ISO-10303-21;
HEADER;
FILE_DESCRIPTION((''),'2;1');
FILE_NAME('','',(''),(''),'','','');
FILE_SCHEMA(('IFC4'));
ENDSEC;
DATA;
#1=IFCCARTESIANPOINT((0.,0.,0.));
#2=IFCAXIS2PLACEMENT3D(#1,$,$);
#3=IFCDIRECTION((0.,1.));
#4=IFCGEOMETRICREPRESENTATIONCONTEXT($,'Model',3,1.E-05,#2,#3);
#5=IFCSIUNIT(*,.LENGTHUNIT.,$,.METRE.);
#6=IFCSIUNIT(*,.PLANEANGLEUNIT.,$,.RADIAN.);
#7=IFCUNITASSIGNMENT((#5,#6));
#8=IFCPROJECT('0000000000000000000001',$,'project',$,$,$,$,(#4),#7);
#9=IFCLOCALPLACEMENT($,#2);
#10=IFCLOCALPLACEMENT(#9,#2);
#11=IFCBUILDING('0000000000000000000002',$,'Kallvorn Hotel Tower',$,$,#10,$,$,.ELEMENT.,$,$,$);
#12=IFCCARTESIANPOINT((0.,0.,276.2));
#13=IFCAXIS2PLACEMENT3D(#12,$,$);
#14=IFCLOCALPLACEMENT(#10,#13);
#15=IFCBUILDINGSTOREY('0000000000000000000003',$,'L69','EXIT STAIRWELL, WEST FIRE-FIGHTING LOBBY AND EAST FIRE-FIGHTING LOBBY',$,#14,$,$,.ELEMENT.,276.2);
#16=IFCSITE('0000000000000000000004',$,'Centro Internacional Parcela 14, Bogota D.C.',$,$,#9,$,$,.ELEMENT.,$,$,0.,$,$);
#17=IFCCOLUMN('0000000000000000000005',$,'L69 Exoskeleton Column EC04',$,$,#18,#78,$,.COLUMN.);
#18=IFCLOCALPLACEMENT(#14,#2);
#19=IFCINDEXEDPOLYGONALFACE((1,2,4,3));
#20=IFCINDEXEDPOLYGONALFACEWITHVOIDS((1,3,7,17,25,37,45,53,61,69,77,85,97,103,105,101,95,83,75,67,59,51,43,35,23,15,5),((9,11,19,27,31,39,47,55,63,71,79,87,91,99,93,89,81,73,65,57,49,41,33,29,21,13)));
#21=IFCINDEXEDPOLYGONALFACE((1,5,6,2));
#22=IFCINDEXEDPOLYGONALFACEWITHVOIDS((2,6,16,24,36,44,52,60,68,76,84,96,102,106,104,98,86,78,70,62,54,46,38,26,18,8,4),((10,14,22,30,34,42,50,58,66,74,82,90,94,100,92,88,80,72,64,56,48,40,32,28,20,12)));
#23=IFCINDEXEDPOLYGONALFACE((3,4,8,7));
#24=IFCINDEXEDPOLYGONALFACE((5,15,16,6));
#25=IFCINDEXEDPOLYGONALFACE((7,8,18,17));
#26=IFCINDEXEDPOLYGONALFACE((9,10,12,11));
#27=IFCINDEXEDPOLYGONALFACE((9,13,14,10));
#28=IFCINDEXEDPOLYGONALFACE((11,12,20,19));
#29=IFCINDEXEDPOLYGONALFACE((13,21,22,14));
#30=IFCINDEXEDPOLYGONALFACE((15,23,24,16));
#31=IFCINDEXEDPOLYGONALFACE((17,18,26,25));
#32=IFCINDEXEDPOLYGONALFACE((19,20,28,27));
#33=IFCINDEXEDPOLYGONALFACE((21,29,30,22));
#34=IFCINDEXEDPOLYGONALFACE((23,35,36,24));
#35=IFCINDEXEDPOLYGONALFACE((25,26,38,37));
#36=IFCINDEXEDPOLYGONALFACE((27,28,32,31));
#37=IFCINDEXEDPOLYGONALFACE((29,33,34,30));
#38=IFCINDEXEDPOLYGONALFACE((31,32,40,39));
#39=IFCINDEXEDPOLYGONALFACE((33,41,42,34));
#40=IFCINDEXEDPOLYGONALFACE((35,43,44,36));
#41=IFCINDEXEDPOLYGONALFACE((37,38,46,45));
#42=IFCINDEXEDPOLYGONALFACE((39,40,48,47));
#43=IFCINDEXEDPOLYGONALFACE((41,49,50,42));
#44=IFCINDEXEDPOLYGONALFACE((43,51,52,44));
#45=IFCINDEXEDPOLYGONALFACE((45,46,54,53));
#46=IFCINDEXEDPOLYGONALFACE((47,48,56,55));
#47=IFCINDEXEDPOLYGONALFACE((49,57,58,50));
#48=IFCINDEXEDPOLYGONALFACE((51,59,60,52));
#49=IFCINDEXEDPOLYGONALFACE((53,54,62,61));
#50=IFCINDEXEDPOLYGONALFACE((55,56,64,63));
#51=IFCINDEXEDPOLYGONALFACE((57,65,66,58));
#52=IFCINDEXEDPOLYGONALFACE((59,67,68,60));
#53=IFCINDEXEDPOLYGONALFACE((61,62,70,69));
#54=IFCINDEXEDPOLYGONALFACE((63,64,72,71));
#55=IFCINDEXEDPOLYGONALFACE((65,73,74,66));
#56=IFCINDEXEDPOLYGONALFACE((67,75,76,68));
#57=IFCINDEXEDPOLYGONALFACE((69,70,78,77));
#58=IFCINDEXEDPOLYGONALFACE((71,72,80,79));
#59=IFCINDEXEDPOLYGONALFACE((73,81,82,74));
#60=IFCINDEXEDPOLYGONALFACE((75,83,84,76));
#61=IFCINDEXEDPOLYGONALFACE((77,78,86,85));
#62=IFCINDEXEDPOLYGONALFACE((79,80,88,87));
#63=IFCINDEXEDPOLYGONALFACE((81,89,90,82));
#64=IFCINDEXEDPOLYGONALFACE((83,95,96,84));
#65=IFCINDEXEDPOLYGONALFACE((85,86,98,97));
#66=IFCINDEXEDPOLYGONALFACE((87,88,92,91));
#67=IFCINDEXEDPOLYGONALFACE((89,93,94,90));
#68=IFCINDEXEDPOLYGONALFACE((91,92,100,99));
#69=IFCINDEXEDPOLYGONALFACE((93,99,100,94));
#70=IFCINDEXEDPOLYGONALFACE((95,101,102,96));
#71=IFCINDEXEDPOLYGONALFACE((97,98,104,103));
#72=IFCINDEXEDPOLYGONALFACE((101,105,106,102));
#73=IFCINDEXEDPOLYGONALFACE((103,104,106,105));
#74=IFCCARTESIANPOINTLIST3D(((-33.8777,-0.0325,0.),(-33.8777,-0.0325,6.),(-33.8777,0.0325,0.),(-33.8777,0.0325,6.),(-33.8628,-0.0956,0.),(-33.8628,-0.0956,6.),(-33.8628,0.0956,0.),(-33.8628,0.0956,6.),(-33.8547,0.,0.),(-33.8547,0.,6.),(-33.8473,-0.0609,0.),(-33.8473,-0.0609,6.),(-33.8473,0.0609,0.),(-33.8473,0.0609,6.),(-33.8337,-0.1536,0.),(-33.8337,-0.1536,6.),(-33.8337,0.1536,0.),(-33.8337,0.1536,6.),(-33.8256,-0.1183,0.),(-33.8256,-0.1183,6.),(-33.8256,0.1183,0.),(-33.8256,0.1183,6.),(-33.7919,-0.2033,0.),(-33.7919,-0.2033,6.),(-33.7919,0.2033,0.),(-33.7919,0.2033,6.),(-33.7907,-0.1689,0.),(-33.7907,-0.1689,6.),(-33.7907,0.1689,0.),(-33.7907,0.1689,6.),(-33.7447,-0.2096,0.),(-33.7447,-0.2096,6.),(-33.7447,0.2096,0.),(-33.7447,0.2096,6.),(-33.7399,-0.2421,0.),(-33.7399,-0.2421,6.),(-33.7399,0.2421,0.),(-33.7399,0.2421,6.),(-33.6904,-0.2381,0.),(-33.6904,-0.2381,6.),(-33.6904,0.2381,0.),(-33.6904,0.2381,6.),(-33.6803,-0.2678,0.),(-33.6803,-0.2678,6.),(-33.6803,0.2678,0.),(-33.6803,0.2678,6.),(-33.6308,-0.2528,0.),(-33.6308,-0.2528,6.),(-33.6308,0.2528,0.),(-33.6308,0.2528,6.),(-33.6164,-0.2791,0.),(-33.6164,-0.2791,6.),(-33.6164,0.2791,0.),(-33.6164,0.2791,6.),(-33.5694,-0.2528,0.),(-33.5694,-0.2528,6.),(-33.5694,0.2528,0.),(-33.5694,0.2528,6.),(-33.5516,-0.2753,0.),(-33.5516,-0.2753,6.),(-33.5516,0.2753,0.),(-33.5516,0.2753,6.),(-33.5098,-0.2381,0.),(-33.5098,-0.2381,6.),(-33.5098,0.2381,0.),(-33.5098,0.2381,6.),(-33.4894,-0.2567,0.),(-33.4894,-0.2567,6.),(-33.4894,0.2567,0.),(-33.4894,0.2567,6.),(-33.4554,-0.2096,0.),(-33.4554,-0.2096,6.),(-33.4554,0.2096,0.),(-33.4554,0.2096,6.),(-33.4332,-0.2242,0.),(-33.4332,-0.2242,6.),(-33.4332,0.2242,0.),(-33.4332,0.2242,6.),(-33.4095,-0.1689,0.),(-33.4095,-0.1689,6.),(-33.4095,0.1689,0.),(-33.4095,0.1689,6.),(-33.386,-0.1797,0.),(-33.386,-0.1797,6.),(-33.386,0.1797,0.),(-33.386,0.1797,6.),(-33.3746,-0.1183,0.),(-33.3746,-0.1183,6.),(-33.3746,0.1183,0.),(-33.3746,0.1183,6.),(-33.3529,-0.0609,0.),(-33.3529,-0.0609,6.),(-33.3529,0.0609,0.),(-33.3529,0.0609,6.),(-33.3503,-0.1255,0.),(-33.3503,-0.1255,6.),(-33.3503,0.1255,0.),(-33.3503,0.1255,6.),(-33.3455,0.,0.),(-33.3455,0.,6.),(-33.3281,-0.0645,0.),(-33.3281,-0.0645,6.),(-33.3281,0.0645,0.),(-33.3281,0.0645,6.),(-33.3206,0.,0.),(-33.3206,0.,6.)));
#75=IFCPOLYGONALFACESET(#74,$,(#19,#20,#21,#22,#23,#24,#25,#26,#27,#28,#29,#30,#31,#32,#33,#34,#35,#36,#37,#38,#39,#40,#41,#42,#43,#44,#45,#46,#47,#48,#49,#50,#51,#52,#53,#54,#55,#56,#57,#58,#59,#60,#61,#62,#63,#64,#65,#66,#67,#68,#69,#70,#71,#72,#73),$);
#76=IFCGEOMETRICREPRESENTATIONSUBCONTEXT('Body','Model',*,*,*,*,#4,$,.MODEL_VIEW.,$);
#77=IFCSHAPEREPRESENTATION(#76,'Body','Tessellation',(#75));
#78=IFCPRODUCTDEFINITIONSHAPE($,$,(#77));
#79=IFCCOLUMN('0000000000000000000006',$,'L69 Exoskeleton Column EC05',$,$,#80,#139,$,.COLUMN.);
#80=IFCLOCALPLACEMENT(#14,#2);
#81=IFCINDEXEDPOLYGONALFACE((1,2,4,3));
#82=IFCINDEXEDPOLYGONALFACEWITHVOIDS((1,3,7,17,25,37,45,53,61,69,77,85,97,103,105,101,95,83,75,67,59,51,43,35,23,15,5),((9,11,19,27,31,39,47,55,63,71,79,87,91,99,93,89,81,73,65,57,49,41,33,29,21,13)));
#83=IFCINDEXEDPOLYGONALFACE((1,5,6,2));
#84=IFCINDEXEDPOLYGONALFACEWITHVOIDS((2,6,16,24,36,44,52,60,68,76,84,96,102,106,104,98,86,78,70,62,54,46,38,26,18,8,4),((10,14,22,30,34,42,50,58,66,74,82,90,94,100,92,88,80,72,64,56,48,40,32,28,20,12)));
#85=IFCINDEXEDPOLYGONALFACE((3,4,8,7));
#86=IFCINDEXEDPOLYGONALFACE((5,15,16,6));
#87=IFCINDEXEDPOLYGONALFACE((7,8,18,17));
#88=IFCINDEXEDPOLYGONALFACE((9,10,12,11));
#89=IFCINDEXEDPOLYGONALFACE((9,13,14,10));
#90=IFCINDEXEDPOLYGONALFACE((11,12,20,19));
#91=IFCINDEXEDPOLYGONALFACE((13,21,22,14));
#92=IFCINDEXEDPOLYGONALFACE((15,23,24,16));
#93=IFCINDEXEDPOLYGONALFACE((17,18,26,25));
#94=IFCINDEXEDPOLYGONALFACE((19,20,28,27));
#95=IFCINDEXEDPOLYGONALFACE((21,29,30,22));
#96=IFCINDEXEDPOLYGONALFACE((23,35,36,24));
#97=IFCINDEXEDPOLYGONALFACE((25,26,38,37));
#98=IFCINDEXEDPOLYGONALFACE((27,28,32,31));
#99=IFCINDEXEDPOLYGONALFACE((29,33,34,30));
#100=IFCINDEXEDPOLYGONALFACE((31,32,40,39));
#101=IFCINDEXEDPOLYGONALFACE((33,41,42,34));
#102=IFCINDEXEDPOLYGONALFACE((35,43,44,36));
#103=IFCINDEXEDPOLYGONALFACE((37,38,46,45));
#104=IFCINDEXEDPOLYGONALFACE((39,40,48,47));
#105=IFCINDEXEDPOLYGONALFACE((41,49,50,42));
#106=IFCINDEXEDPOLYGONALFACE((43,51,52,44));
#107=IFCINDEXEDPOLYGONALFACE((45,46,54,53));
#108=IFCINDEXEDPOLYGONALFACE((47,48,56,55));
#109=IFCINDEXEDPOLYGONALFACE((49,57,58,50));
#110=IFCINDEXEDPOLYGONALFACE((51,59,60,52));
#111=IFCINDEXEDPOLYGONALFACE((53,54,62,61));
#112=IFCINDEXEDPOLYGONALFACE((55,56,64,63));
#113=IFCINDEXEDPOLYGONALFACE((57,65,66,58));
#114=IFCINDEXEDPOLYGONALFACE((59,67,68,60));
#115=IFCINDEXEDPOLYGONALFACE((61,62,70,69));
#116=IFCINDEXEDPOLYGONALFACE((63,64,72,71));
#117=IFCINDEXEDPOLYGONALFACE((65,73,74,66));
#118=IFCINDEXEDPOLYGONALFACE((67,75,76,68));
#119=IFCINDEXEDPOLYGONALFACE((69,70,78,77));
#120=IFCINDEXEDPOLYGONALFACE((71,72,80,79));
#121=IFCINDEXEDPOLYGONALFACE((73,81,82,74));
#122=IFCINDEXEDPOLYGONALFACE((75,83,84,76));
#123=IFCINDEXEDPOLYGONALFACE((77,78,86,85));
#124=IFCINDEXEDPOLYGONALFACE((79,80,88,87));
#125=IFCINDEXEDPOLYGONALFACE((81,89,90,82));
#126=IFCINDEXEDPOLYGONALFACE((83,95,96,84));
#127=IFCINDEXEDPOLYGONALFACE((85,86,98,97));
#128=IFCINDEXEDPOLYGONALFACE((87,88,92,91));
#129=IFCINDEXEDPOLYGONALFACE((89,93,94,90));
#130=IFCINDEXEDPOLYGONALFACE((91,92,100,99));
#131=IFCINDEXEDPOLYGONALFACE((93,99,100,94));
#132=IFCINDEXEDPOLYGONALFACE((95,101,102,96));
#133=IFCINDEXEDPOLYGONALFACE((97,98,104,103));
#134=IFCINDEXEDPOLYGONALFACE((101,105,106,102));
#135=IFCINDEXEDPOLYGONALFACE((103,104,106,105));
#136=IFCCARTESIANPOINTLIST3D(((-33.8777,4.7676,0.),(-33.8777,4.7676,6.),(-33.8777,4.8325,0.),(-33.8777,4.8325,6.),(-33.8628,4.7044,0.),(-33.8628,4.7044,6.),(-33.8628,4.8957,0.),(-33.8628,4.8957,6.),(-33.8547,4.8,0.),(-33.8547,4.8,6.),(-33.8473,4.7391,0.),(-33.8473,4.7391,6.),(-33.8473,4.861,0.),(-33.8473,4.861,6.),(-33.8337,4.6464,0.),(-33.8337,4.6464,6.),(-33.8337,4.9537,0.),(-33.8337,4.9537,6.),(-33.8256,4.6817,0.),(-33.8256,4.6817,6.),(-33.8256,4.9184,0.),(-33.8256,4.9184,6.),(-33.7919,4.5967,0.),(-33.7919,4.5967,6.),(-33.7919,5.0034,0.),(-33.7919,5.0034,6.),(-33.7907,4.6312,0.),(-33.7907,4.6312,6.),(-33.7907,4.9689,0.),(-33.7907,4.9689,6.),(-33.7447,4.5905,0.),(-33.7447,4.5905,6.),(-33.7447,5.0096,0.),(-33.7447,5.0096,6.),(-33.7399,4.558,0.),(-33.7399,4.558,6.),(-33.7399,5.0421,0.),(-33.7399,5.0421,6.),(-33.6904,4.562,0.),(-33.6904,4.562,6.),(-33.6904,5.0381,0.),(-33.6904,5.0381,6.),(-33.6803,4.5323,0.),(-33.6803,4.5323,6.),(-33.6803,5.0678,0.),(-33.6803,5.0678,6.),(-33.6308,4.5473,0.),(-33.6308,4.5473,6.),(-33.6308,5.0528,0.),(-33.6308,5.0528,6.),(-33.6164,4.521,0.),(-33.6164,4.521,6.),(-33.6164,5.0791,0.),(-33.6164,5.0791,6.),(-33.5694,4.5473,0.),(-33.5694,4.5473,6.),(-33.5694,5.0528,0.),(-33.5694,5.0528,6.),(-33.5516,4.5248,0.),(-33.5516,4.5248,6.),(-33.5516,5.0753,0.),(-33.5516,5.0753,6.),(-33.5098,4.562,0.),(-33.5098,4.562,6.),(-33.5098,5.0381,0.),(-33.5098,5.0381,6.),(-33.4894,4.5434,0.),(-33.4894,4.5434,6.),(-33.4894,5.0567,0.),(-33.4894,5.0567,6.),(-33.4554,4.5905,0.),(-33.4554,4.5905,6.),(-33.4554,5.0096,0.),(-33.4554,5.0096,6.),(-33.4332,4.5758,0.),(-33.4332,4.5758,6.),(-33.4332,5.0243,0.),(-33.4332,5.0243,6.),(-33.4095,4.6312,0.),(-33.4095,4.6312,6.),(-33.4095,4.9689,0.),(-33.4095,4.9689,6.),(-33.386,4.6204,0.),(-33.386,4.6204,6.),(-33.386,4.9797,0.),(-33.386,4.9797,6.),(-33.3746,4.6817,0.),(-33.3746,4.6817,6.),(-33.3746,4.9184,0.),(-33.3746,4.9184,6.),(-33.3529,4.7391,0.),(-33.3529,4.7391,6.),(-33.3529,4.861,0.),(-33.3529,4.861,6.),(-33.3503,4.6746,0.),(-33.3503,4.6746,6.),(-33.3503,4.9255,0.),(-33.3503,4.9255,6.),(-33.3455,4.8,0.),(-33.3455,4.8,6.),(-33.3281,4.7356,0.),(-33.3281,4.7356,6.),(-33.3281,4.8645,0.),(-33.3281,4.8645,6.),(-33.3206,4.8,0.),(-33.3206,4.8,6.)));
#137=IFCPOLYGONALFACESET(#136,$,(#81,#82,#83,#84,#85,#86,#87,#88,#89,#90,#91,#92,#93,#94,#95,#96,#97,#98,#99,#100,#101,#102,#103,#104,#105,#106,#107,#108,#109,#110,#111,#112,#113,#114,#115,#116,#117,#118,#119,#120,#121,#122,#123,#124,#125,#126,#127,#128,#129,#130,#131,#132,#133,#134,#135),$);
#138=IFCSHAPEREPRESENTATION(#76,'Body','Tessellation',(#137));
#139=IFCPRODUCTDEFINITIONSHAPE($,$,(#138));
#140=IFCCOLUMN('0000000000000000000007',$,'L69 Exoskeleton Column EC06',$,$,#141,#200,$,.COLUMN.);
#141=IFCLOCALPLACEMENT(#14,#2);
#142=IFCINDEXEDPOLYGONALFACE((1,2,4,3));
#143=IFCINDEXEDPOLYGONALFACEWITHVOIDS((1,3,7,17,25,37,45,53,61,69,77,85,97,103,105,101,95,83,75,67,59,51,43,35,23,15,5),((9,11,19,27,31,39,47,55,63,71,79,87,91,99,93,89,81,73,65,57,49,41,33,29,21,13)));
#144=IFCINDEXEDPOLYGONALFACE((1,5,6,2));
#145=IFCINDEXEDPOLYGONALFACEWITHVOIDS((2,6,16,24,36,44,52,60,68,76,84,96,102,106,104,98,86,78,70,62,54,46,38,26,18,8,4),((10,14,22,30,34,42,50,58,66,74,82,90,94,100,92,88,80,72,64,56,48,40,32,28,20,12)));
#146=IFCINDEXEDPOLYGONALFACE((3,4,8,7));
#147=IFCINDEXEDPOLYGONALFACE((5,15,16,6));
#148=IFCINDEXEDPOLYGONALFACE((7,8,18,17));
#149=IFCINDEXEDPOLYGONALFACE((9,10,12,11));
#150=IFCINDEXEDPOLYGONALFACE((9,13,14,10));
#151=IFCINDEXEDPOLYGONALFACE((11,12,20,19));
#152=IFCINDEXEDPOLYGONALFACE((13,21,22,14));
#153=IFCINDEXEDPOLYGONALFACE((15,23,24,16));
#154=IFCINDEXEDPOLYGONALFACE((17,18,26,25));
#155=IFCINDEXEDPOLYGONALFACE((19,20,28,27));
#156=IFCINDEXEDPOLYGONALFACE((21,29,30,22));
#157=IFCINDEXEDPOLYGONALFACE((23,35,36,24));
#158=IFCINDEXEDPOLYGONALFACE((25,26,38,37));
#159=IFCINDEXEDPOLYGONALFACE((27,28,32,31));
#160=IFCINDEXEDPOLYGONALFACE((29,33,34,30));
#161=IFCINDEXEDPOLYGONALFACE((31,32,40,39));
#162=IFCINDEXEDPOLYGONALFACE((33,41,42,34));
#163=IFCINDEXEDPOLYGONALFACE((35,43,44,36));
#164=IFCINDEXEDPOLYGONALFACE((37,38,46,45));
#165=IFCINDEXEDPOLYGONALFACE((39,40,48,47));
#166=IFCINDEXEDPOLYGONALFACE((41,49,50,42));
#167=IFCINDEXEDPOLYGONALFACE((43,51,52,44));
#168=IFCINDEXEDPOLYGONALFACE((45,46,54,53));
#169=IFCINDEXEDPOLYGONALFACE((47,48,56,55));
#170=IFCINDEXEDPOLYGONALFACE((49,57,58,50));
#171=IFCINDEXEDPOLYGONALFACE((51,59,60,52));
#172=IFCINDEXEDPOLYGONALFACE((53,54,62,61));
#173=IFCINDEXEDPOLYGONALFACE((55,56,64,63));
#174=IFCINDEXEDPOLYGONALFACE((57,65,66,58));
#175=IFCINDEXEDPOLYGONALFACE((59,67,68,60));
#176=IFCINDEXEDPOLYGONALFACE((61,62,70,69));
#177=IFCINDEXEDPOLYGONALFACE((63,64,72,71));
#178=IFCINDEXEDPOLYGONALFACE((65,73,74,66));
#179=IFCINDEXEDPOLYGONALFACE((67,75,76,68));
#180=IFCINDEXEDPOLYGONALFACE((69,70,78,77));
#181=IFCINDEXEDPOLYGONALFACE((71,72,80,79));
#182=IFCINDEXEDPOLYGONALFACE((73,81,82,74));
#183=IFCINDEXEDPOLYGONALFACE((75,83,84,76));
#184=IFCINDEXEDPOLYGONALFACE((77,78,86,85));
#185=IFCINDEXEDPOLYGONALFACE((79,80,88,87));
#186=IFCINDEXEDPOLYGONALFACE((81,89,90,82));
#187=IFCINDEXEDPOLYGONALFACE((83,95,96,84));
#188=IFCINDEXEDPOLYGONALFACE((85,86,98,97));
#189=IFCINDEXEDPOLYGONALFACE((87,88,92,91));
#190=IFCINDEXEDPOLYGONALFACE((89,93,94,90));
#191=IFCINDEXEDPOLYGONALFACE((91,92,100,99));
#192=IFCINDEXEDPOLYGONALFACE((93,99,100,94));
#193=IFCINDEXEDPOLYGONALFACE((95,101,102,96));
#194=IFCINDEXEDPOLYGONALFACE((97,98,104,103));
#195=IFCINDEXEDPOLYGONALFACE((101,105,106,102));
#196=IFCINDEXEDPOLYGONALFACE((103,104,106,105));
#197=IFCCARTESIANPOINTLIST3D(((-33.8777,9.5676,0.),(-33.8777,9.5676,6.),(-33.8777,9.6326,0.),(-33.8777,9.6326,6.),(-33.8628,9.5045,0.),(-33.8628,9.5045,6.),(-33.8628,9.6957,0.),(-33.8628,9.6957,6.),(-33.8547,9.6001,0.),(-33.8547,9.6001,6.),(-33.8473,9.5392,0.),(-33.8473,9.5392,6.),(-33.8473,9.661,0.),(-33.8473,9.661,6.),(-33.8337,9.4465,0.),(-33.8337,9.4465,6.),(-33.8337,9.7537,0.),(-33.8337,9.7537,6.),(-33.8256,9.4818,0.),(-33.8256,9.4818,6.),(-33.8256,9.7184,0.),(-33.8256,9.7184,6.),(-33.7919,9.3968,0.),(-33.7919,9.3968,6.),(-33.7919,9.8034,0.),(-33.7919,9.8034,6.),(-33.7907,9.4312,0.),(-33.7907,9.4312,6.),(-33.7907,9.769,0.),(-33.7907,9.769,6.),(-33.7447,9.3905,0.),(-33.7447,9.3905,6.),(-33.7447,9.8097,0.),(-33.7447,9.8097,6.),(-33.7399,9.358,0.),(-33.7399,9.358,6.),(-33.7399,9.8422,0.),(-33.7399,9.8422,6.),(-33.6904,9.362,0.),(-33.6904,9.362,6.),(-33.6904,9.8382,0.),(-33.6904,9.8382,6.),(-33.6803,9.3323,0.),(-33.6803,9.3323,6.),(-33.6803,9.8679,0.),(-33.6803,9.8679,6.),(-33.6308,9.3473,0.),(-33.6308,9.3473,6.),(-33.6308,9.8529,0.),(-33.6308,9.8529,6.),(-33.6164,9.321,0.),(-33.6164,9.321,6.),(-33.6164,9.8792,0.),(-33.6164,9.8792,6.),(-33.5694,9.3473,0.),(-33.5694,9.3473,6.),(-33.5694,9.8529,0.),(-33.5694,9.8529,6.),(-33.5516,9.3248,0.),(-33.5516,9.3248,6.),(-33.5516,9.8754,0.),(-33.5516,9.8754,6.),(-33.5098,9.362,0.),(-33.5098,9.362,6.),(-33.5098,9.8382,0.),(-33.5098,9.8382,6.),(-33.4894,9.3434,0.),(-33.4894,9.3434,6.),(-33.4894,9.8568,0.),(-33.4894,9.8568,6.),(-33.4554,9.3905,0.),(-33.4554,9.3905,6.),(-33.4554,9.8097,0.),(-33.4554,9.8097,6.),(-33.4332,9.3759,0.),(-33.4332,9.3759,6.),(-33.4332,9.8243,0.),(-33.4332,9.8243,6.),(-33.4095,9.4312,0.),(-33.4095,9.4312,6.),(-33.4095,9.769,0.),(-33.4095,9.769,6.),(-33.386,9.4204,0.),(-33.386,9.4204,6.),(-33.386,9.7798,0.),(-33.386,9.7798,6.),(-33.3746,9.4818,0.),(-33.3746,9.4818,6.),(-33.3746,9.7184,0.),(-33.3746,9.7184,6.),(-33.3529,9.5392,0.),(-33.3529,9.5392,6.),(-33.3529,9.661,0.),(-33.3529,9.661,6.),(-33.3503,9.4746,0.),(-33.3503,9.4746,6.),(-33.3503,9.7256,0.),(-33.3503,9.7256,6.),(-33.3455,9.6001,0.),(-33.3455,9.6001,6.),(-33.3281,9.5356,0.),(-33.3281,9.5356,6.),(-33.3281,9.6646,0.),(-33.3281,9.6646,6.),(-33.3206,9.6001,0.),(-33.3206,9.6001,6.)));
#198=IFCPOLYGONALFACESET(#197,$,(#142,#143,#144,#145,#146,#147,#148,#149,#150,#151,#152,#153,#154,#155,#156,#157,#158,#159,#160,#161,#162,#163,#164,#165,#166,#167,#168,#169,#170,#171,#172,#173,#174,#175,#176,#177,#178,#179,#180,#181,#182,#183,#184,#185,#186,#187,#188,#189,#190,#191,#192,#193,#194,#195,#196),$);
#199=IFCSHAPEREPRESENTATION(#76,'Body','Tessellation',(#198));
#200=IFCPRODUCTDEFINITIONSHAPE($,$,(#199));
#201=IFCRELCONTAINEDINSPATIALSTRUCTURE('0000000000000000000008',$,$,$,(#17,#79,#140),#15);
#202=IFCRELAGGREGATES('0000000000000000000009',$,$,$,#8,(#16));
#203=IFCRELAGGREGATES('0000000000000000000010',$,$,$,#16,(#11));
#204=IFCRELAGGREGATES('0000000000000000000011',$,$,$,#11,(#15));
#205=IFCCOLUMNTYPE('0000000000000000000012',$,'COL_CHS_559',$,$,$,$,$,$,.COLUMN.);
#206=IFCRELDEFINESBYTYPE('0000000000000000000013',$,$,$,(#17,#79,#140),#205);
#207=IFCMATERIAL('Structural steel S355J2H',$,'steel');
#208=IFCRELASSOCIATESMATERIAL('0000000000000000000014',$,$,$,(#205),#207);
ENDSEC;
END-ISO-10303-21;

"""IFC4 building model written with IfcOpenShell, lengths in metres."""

from ifc_helpers import new_model, si_unit, direction, frame, origin, origin_2d, place, context, subcontext, project, spatial, hollow_circle, extrude, material, material_profile, profile_set, type_object, element, save


model = new_model("IFC4")

# Units and contexts
model_context = context("Model", 3, precision=1e-05, world=origin(), true_north=direction((0.0, 1.0)))
body_context = subcontext(model_context, "Body", "Model", "MODEL_VIEW")
ifc_project = project(units=[si_unit("LENGTHUNIT", "METRE"), si_unit("PLANEANGLEUNIT", "RADIAN")], contexts=[model_context])

# Site, building, storey
site_placement = place(None, origin())
site = spatial("IfcSite", under=ifc_project, at=site_placement, Name="Centro Internacional Parcela 14, Bogota D.C.", CompositionType="ELEMENT", RefElevation=0.0)
building_placement = place(site_placement, origin())
building = spatial("IfcBuilding", under=site, at=building_placement, Name="Kallvorn Hotel Tower", CompositionType="ELEMENT")
storey_placement = place(building_placement, frame((0.0, 0.0, 276.2)))
storey = spatial("IfcBuildingStorey", under=building, at=storey_placement, Name="L69", Description="EXIT STAIRWELL, WEST FIRE-FIGHTING LOBBY AND EAST FIRE-FIGHTING LOBBY", CompositionType="ELEMENT", Elevation=276.2)

# Columns
ifc_material_1 = material(Name="Structural steel S355J2H", Category="steel")
ifc_material_profile_1 = material_profile(ifc_material_1, hollow_circle(Radius=0.2795, WallThickness=0.0249, at=origin_2d()), Name="CHS 559x25")
ifc_profile_set_1 = profile_set([ifc_material_profile_1], Name="Structural steel S355J2H")
column_type_1 = type_object("IfcColumnType", Name="COL_CHS_559", PredefinedType="COLUMN", material=ifc_profile_set_1)
for number, where, z_axis, x_axis, name in (
    (1, (-33.6001, 0.0, 0.0), (0.0, 0.0, 1.0), (1.0, 0.0, 0.0), "L69 Exoskeleton Column EC04"),
    (2, (-33.6001, 4.8, 0.0), (0.0, 0.0, 1.0), (1.0, 0.0, 0.0), "L69 Exoskeleton Column EC05"),
    (3, (-33.6001, 9.6001, 0.0), (0.0, 0.0, 1.0), (1.0, 0.0, 0.0), "L69 Exoskeleton Column EC06"),
):
    element("IfcColumn", number, at=place(storey_placement, frame(where, z_axis=z_axis, x_axis=x_axis)), inside=storey, type_object=column_type_1, Name=name, PredefinedType="COLUMN", context=body_context, shape_type="SweptSolid", body=[
        extrude(hollow_circle(Radius=0.2795, WallThickness=0.0249, at=origin_2d()), origin(), (0.0, 0.0, 1.0), 6.0),
    ])

save(model, "model.ifc")
